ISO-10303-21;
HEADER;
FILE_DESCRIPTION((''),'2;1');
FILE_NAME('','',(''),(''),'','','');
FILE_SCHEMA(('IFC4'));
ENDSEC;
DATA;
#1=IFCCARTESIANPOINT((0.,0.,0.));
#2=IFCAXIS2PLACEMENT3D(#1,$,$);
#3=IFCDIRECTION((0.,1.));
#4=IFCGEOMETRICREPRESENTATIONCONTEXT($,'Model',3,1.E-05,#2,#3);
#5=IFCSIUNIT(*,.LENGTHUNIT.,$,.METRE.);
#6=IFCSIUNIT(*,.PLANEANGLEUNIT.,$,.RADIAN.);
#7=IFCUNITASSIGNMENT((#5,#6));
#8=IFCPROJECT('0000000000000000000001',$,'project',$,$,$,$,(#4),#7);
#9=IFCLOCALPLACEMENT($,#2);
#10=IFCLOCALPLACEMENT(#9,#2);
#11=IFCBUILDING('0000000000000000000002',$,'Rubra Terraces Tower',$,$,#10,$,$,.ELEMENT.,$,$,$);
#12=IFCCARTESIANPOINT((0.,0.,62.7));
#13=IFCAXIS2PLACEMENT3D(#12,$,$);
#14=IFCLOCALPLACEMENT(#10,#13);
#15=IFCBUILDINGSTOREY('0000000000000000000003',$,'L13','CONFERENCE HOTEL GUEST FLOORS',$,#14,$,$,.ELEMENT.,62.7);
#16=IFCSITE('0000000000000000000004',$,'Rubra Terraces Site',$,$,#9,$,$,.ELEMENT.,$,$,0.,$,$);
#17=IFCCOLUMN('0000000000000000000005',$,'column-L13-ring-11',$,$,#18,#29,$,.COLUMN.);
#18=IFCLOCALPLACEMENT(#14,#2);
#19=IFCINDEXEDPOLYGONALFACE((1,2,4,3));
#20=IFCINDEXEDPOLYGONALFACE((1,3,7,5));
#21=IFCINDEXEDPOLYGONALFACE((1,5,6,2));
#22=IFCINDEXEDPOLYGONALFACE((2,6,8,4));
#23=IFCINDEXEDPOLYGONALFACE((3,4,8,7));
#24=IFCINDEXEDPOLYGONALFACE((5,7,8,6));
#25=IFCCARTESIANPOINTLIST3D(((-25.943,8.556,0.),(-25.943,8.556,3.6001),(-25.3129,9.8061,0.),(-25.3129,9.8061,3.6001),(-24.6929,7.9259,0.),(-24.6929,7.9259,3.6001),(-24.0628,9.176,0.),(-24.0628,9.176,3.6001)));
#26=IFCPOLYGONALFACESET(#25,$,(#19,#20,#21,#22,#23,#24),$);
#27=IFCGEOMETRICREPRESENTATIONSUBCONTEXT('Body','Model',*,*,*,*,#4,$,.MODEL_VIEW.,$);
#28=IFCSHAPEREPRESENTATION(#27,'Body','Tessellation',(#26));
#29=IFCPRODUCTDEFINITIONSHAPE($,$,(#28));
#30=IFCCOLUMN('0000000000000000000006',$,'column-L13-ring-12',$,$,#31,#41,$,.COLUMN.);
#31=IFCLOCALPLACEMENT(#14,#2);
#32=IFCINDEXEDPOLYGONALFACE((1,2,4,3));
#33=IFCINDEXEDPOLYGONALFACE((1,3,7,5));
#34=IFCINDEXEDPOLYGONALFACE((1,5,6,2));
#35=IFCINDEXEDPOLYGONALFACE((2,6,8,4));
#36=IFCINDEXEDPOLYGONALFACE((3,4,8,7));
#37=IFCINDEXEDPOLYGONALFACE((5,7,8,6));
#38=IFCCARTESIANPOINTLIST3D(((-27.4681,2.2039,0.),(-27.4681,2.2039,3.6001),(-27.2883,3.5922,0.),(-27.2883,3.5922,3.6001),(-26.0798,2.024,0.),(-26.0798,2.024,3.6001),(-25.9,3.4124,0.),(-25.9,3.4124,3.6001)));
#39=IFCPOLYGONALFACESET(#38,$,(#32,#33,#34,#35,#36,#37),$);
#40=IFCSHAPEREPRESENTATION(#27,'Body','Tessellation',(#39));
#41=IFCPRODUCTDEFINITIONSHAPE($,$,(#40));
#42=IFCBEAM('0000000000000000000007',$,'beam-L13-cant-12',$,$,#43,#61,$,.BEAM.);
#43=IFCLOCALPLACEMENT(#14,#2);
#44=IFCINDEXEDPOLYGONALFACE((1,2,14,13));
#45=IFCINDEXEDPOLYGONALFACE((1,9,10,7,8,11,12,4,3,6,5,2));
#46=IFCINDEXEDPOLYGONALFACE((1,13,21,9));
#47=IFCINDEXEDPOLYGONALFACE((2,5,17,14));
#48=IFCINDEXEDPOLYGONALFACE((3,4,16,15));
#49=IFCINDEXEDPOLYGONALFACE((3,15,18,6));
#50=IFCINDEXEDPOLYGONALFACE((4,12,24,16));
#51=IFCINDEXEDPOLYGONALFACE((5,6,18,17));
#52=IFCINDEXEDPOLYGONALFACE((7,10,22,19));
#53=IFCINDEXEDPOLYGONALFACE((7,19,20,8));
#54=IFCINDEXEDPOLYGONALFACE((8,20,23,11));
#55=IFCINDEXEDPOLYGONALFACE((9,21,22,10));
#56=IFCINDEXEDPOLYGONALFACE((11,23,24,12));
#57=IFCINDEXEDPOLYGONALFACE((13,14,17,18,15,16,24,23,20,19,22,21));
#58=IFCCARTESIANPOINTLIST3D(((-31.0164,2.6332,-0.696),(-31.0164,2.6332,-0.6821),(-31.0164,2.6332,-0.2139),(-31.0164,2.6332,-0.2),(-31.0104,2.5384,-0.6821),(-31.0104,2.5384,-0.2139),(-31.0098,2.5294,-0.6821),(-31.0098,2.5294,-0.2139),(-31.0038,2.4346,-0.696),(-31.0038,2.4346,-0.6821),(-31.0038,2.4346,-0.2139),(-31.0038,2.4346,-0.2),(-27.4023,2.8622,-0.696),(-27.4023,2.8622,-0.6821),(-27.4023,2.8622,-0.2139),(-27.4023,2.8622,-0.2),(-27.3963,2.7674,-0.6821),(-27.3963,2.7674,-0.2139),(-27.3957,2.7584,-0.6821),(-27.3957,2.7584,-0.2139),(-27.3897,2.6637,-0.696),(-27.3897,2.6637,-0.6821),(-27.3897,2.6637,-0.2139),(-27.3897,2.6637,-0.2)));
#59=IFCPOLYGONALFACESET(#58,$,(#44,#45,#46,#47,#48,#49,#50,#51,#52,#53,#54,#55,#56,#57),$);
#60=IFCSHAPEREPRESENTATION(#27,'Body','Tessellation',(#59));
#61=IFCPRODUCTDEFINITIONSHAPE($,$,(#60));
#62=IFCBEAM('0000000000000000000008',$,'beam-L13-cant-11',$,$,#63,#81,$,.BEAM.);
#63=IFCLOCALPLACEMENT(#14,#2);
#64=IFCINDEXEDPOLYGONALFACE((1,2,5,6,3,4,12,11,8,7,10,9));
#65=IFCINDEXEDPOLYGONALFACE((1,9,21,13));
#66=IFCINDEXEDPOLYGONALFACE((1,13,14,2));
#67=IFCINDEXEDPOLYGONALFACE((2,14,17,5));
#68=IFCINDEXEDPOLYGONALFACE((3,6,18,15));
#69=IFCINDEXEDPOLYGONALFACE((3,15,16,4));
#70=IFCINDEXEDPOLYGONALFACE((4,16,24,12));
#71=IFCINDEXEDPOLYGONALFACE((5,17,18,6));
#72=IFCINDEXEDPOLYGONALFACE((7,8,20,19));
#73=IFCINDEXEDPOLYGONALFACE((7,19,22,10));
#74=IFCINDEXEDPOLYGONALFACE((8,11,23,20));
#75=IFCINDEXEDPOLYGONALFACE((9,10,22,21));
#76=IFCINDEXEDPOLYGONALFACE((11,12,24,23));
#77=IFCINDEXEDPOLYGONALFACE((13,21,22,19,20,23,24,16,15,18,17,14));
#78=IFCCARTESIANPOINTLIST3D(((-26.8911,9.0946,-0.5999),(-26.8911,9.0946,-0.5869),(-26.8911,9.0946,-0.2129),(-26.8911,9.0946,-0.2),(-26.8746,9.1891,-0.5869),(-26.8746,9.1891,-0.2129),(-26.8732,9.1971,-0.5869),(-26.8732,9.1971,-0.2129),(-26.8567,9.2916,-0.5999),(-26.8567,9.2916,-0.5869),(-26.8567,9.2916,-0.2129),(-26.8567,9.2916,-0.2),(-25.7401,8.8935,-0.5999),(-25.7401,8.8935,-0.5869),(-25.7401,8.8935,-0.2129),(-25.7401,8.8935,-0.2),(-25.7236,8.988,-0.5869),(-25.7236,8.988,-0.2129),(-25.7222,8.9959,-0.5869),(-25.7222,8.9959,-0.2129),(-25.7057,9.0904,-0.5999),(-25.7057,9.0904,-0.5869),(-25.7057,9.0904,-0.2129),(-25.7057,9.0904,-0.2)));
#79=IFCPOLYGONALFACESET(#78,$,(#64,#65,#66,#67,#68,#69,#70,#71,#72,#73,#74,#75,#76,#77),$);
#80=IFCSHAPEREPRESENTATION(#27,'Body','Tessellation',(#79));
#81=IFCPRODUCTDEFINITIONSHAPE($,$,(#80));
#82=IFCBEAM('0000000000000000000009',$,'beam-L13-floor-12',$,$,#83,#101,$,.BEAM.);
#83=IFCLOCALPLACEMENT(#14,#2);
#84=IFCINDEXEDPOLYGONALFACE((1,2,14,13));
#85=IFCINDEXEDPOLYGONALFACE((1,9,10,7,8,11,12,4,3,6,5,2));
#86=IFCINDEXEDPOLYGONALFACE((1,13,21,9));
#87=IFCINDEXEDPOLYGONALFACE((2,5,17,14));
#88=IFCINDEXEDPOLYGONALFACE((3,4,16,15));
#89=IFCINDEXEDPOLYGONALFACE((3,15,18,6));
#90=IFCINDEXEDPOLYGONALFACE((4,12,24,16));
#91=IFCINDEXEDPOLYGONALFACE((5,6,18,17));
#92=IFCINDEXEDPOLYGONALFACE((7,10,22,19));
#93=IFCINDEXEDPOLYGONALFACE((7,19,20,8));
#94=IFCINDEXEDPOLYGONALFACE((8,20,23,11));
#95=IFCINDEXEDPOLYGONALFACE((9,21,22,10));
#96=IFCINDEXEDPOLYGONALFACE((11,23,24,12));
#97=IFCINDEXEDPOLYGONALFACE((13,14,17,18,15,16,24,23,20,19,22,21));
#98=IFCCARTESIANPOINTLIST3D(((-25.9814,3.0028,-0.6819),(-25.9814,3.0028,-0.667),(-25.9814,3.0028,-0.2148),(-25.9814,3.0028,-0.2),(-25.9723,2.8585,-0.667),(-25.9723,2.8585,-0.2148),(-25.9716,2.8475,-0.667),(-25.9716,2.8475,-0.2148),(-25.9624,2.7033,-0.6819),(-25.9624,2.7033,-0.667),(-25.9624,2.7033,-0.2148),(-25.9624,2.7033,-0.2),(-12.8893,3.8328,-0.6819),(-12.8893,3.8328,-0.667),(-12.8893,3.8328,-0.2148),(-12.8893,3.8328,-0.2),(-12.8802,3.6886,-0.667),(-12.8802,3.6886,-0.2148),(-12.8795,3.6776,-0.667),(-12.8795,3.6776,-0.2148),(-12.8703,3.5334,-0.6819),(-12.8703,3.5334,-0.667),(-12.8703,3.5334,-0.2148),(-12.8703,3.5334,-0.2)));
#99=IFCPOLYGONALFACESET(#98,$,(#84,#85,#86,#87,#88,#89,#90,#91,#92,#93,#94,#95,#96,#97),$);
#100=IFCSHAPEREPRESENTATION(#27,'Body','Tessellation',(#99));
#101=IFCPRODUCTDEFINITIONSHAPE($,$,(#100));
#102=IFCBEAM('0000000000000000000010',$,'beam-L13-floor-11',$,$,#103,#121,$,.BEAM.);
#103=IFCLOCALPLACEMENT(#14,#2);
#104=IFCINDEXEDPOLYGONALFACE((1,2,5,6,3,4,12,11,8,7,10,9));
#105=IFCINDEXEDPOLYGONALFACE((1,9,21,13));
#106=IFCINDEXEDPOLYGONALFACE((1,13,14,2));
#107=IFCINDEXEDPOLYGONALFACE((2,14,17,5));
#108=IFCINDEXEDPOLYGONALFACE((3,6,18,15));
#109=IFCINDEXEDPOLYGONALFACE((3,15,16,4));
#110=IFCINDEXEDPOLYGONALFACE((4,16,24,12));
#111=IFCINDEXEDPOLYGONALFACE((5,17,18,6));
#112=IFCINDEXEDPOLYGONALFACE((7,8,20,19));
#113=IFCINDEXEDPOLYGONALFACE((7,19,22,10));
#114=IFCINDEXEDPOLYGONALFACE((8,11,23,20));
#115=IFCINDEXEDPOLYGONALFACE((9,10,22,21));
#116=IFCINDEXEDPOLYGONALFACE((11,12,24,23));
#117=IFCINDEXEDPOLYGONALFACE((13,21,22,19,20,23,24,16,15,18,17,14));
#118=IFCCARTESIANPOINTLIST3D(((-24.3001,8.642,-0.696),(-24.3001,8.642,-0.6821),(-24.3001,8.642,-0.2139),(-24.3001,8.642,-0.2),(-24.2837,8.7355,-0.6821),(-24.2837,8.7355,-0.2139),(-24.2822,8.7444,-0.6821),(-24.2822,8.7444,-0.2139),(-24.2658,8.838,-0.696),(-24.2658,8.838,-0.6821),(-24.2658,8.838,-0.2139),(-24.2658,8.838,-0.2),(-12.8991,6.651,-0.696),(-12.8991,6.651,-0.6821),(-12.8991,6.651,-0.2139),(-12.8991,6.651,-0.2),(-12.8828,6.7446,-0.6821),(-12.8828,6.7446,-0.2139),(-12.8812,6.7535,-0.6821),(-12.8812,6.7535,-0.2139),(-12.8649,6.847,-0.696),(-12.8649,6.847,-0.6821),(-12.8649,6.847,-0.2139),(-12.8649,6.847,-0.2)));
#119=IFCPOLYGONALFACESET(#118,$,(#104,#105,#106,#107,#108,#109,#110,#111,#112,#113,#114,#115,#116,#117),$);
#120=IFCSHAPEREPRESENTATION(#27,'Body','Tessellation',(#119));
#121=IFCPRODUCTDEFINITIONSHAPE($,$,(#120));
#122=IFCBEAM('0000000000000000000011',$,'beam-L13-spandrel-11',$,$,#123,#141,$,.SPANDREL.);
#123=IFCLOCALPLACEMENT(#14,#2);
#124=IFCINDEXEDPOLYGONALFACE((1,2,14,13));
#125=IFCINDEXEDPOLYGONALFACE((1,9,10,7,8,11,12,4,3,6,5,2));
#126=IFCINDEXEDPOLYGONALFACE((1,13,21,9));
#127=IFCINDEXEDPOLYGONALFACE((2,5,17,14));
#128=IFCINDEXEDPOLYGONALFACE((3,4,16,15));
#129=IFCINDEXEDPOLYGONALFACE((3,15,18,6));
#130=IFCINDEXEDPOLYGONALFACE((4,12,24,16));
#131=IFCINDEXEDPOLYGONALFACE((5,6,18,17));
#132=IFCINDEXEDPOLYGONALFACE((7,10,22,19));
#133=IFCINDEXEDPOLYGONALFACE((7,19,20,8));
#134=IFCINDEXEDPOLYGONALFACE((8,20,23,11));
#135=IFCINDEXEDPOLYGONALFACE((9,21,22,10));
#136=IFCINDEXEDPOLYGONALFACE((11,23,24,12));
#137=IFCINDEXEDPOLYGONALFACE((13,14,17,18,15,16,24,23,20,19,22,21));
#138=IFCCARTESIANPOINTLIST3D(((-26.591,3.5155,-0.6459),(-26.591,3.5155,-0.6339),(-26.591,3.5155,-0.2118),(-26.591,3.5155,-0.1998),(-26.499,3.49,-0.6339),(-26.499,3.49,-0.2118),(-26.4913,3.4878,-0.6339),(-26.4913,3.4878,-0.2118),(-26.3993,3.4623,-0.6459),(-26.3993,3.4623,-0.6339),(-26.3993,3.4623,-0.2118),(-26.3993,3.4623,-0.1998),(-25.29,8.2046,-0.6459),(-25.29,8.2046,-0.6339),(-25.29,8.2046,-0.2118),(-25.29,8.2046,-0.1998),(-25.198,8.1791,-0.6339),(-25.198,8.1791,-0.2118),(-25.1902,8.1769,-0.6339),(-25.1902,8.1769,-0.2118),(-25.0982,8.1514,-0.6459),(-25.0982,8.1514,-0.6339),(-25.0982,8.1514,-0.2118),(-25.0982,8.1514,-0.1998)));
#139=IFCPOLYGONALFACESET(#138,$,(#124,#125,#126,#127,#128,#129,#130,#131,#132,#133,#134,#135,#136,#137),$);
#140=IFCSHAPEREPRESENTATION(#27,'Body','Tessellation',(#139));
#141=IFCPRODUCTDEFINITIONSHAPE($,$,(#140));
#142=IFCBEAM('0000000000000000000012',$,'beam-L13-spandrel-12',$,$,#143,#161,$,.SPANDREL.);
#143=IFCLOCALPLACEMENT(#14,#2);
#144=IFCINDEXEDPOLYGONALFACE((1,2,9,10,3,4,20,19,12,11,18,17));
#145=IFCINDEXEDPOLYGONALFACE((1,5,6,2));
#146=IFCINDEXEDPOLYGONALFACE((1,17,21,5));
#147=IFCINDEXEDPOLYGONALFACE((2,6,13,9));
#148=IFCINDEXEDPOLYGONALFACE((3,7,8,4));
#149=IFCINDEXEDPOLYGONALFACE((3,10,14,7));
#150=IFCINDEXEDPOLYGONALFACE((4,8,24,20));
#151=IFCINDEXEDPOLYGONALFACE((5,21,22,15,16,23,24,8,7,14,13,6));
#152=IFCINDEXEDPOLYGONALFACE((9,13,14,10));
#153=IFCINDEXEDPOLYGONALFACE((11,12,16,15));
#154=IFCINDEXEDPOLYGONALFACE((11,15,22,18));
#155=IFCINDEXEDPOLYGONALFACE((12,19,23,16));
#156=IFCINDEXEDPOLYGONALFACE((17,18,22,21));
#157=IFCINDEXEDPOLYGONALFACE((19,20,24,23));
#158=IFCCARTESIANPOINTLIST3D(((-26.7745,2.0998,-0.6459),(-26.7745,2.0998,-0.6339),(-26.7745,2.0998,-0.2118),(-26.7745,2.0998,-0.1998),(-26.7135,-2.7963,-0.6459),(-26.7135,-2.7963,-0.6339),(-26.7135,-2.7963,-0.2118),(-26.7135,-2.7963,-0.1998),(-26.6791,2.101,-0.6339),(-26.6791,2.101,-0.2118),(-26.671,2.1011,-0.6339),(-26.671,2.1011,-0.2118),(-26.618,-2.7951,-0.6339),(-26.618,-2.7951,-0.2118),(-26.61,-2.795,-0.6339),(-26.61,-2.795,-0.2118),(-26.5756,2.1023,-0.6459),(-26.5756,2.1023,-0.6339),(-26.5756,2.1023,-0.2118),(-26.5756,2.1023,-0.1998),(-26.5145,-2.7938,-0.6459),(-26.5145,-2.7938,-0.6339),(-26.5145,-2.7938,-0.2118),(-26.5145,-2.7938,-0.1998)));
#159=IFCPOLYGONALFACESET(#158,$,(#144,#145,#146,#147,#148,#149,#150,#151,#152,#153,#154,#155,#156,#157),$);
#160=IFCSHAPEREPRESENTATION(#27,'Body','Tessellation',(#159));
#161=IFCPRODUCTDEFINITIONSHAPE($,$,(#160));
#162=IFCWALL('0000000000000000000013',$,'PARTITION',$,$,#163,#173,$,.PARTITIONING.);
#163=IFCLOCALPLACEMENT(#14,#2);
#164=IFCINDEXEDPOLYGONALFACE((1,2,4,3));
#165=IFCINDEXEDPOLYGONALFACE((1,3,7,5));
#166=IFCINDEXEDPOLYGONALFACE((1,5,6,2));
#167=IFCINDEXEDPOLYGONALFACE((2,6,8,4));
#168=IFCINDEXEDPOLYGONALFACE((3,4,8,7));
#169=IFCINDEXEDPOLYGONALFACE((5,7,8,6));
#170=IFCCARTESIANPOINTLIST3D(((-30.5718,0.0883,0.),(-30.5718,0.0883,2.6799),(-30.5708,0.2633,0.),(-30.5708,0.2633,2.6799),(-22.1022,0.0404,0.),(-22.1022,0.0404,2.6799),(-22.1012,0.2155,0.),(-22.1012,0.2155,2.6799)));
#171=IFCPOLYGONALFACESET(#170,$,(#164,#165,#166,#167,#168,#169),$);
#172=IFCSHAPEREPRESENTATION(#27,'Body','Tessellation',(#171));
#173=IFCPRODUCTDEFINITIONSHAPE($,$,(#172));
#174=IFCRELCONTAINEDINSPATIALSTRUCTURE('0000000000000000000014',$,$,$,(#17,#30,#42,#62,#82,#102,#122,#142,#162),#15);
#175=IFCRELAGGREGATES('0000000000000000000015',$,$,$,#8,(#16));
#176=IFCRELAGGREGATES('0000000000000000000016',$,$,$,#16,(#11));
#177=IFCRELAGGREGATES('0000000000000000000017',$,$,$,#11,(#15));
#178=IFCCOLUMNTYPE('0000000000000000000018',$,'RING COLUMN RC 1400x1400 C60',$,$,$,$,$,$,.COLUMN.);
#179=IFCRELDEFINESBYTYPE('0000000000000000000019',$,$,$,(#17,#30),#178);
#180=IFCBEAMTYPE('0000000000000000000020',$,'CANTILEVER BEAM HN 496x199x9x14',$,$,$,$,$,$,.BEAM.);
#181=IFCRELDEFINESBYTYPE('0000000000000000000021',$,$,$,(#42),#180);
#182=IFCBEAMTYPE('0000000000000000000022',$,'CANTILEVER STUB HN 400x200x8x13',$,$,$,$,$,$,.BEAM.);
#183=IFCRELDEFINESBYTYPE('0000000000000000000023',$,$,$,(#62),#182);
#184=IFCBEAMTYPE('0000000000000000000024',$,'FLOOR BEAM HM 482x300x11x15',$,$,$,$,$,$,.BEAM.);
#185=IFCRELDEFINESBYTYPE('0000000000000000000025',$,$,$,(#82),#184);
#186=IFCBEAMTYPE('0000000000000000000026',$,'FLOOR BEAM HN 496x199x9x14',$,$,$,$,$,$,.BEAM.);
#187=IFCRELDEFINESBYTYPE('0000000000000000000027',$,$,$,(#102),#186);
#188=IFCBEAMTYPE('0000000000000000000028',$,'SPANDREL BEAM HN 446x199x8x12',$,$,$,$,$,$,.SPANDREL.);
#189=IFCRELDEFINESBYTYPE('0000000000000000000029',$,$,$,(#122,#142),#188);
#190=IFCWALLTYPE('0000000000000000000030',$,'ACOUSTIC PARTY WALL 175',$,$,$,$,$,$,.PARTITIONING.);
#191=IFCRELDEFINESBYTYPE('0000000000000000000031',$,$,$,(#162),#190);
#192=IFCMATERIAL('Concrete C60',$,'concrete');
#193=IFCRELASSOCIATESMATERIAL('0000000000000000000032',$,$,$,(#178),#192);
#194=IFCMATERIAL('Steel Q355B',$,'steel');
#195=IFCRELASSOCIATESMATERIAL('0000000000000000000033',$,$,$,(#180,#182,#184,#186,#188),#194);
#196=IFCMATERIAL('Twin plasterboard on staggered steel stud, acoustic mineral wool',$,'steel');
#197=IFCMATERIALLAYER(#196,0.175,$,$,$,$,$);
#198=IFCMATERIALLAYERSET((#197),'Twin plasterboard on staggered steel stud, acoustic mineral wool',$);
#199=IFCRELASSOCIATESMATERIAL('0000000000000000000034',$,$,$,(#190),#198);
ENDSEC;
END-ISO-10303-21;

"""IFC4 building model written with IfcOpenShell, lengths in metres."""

from ifc_helpers import new_model, si_unit, direction, frame, frame_2d, origin, origin_2d, place, context, subcontext, project, spatial, rectangle, i_section, extrude, material, layer, layer_set, material_profile, profile_set, type_object, element, save


model = new_model("IFC4")

# Units and contexts
model_context = context("Model", 3, precision=1e-05, world=origin(), true_north=direction((0.0, 1.0)))
body_context = subcontext(model_context, "Body", "Model", "MODEL_VIEW")
ifc_project = project(units=[si_unit("LENGTHUNIT", "METRE"), si_unit("PLANEANGLEUNIT", "RADIAN")], contexts=[model_context])

# Site, building, storey
site_placement = place(None, origin())
site = spatial("IfcSite", under=ifc_project, at=site_placement, Name="Rubra Terraces Site", CompositionType="ELEMENT", RefElevation=0.0)
building_placement = place(site_placement, origin())
building = spatial("IfcBuilding", under=site, at=building_placement, Name="Rubra Terraces Tower", CompositionType="ELEMENT")
storey_placement = place(building_placement, frame((0.0, 0.0, 62.7)))
storey = spatial("IfcBuildingStorey", under=building, at=storey_placement, Name="L13", Description="CONFERENCE HOTEL GUEST FLOORS", CompositionType="ELEMENT", Elevation=62.7)

# Columns
ifc_material_1 = material(Name="Concrete C60", Category="concrete")
ifc_material_profile_1 = material_profile(ifc_material_1, rectangle(XDim=1.3999, YDim=1.3999, at=origin_2d()), Name="RC 1400x1400")
ifc_profile_set_1 = profile_set([ifc_material_profile_1], Name="Concrete C60")
column_type = type_object("IfcColumnType", Name="RING COLUMN RC 1400x1400 C60", PredefinedType="COLUMN", material=ifc_profile_set_1)
for number, where, z_axis, x_axis, name in (
    (1, (-25.0029, 8.866, 0.0), (0.0, 0.0, 1.0), (-0.450099, -0.892979, 0.0), "column-L13-ring-11"),
    (2, (-26.6841, 2.8081, 0.0), (0.0, 0.0, 1.0), (-0.128445, -0.991717, 0.0), "column-L13-ring-12"),
):
    element("IfcColumn", number, at=place(storey_placement, frame(where, z_axis=z_axis, x_axis=x_axis)), inside=storey, type_object=column_type, Name=name, PredefinedType="COLUMN", context=body_context, shape_type="SweptSolid", body=[
        extrude(rectangle(XDim=1.3999, YDim=1.3999, at=origin_2d()), origin(), (0.0, 0.0, 1.0), 3.6001),
    ])

# Beams
ifc_material_2 = material(Name="Steel Q355B", Category="steel")
ifc_material_profile_2 = material_profile(ifc_material_2, i_section(OverallWidth=0.199, OverallDepth=0.4961, WebThickness=0.009, FlangeThickness=0.0139, at=origin_2d()), Name="HN 496x199x9x14")
ifc_profile_set_2 = profile_set([ifc_material_profile_2], Name="Steel Q355B")
beam_type_1 = type_object("IfcBeamType", Name="CANTILEVER BEAM HN 496x199x9x14", PredefinedType="BEAM", material=ifc_profile_set_2)
beam_1_placement = place(storey_placement, frame((-27.396, 2.7629, -0.448), z_axis=(-0.997998, -0.063239, 0.0), x_axis=(0.063239, -0.997998, 0.0)))
element("IfcBeam", 3, at=beam_1_placement, inside=storey, type_object=beam_type_1, Name="beam-L13-cant-12", PredefinedType="BEAM", context=body_context, shape_type="SweptSolid", body=[
    extrude(i_section(OverallWidth=0.199, OverallDepth=0.4961, WebThickness=0.009, FlangeThickness=0.0139, at=origin_2d()), origin(), (0.0, 0.0, 1.0), 3.6213),
])
ifc_material_profile_3 = material_profile(ifc_material_2, i_section(OverallWidth=0.2, OverallDepth=0.3999, WebThickness=0.0081, FlangeThickness=0.0129, at=origin_2d()), Name="HN 400x200x8x13")
ifc_profile_set_3 = profile_set([ifc_material_profile_3], Name="Steel Q355B")
beam_type_2 = type_object("IfcBeamType", Name="CANTILEVER STUB HN 400x200x8x13", PredefinedType="BEAM", material=ifc_profile_set_3)
beam_2_placement = place(storey_placement, frame((-25.7229, 8.9919, -0.3999), z_axis=(-0.98507, 0.172152, 0.0), x_axis=(-0.172152, -0.98507, 0.0)))
element("IfcBeam", 4, at=beam_2_placement, inside=storey, type_object=beam_type_2, Name="beam-L13-cant-11", PredefinedType="BEAM", context=body_context, shape_type="SweptSolid", body=[
    extrude(i_section(OverallWidth=0.2, OverallDepth=0.3999, WebThickness=0.0081, FlangeThickness=0.0129, at=origin_2d()), origin(), (0.0, 0.0, 1.0), 1.1685),
])
ifc_material_profile_4 = material_profile(ifc_material_2, i_section(OverallWidth=0.3, OverallDepth=0.4819, WebThickness=0.011, FlangeThickness=0.0149, at=origin_2d()), Name="HM 482x300x11x15")
ifc_profile_set_4 = profile_set([ifc_material_profile_4], Name="Steel Q355B")
beam_type_3 = type_object("IfcBeamType", Name="FLOOR BEAM HM 482x300x11x15", PredefinedType="BEAM", material=ifc_profile_set_4)
beam_3_placement = place(storey_placement, frame((-25.9719, 2.853, -0.4409), z_axis=(0.997996, 0.063276, 0.0), x_axis=(-0.063276, 0.997996, 0.0)))
element("IfcBeam", 5, at=beam_3_placement, inside=storey, type_object=beam_type_3, Name="beam-L13-floor-12", PredefinedType="BEAM", context=body_context, shape_type="SweptSolid", body=[
    extrude(i_section(OverallWidth=0.3, OverallDepth=0.4819, WebThickness=0.011, FlangeThickness=0.0149, at=origin_2d()), origin(), (0.0, 0.0, 1.0), 13.1184),
])
ifc_material_profile_5 = material_profile(ifc_material_2, i_section(OverallWidth=0.199, OverallDepth=0.4961, WebThickness=0.009, FlangeThickness=0.0139, at=origin_2d()), Name="HN 496x199x9x14")
ifc_profile_set_5 = profile_set([ifc_material_profile_5], Name="Steel Q355B")
beam_type_4 = type_object("IfcBeamType", Name="FLOOR BEAM HN 496x199x9x14", PredefinedType="BEAM", material=ifc_profile_set_5)
beam_4_placement = place(storey_placement, frame((-24.283, 8.74, -0.448), z_axis=(0.985092, -0.172029, 0.0), x_axis=(0.172029, 0.985092, 0.0)))
element("IfcBeam", 6, at=beam_4_placement, inside=storey, type_object=beam_type_4, Name="beam-L13-floor-11", PredefinedType="BEAM", context=body_context, shape_type="SweptSolid", body=[
    extrude(i_section(OverallWidth=0.199, OverallDepth=0.4961, WebThickness=0.009, FlangeThickness=0.0139, at=origin_2d()), origin(), (0.0, 0.0, 1.0), 11.5735),
])
ifc_material_profile_6 = material_profile(ifc_material_2, i_section(OverallWidth=0.199, OverallDepth=0.446, WebThickness=0.0081, FlangeThickness=0.012, at=origin_2d()), Name="HN 446x199x8x12")
ifc_profile_set_6 = profile_set([ifc_material_profile_6], Name="Steel Q355B")
beam_type_5 = type_object("IfcBeamType", Name="SPANDREL BEAM HN 446x199x8x12", PredefinedType="SPANDREL", material=ifc_profile_set_6)
beam_5_placement = place(storey_placement, frame((-25.1941, 8.178, -0.4229), z_axis=(-0.267364, -0.963595, 0.0), x_axis=(0.963595, -0.267364, 0.0)))
element("IfcBeam", 7, at=beam_5_placement, inside=storey, type_object=beam_type_5, Name="beam-L13-spandrel-11", PredefinedType="SPANDREL", context=body_context, shape_type="SweptSolid", body=[
    extrude(i_section(OverallWidth=0.199, OverallDepth=0.446, WebThickness=0.0081, FlangeThickness=0.012, at=origin_2d()), origin(), (0.0, 0.0, 1.0), 4.8662),
])
beam_6_placement = place(storey_placement, frame((-26.675, 2.1011, -0.4229), z_axis=(0.012465, -0.999922, 0.0), x_axis=(0.999922, 0.012465, 0.0)))
element("IfcBeam", 8, at=beam_6_placement, inside=storey, type_object=beam_type_5, Name="beam-L13-spandrel-12", PredefinedType="SPANDREL", context=body_context, shape_type="SweptSolid", body=[
    extrude(i_section(OverallWidth=0.199, OverallDepth=0.446, WebThickness=0.0081, FlangeThickness=0.012, at=origin_2d()), origin(), (0.0, 0.0, 1.0), 4.8965),
])

# Wall
ifc_material_3 = material(Name="Twin plasterboard on staggered steel stud, acoustic mineral wool", Category="steel")
ifc_layer_1 = layer(ifc_material_3, 0.175)
ifc_layer_set_1 = layer_set([ifc_layer_1], Name="Twin plasterboard on staggered steel stud, acoustic mineral wool")
wall_type_1 = type_object("IfcWallType", Name="ACOUSTIC PARTY WALL 175", PredefinedType="PARTITIONING", material=ifc_layer_set_1)
wall_1_placement = place(storey_placement, frame((-30.5713, 0.1758, 0.0), z_axis=(0.0, 0.0, 1.0), x_axis=(0.999984, -0.00565, 0.0)))
element("IfcWall", 9, at=wall_1_placement, inside=storey, type_object=wall_type_1, Name="PARTITION", PredefinedType="PARTITIONING", context=body_context, shape_type="SweptSolid", body=[
    extrude(rectangle(XDim=8.4697, YDim=0.175, at=frame_2d((4.2349, 0.0))), origin(), (0.0, 0.0, 1.0), 2.6799),
])

save(model, "model.ifc")
